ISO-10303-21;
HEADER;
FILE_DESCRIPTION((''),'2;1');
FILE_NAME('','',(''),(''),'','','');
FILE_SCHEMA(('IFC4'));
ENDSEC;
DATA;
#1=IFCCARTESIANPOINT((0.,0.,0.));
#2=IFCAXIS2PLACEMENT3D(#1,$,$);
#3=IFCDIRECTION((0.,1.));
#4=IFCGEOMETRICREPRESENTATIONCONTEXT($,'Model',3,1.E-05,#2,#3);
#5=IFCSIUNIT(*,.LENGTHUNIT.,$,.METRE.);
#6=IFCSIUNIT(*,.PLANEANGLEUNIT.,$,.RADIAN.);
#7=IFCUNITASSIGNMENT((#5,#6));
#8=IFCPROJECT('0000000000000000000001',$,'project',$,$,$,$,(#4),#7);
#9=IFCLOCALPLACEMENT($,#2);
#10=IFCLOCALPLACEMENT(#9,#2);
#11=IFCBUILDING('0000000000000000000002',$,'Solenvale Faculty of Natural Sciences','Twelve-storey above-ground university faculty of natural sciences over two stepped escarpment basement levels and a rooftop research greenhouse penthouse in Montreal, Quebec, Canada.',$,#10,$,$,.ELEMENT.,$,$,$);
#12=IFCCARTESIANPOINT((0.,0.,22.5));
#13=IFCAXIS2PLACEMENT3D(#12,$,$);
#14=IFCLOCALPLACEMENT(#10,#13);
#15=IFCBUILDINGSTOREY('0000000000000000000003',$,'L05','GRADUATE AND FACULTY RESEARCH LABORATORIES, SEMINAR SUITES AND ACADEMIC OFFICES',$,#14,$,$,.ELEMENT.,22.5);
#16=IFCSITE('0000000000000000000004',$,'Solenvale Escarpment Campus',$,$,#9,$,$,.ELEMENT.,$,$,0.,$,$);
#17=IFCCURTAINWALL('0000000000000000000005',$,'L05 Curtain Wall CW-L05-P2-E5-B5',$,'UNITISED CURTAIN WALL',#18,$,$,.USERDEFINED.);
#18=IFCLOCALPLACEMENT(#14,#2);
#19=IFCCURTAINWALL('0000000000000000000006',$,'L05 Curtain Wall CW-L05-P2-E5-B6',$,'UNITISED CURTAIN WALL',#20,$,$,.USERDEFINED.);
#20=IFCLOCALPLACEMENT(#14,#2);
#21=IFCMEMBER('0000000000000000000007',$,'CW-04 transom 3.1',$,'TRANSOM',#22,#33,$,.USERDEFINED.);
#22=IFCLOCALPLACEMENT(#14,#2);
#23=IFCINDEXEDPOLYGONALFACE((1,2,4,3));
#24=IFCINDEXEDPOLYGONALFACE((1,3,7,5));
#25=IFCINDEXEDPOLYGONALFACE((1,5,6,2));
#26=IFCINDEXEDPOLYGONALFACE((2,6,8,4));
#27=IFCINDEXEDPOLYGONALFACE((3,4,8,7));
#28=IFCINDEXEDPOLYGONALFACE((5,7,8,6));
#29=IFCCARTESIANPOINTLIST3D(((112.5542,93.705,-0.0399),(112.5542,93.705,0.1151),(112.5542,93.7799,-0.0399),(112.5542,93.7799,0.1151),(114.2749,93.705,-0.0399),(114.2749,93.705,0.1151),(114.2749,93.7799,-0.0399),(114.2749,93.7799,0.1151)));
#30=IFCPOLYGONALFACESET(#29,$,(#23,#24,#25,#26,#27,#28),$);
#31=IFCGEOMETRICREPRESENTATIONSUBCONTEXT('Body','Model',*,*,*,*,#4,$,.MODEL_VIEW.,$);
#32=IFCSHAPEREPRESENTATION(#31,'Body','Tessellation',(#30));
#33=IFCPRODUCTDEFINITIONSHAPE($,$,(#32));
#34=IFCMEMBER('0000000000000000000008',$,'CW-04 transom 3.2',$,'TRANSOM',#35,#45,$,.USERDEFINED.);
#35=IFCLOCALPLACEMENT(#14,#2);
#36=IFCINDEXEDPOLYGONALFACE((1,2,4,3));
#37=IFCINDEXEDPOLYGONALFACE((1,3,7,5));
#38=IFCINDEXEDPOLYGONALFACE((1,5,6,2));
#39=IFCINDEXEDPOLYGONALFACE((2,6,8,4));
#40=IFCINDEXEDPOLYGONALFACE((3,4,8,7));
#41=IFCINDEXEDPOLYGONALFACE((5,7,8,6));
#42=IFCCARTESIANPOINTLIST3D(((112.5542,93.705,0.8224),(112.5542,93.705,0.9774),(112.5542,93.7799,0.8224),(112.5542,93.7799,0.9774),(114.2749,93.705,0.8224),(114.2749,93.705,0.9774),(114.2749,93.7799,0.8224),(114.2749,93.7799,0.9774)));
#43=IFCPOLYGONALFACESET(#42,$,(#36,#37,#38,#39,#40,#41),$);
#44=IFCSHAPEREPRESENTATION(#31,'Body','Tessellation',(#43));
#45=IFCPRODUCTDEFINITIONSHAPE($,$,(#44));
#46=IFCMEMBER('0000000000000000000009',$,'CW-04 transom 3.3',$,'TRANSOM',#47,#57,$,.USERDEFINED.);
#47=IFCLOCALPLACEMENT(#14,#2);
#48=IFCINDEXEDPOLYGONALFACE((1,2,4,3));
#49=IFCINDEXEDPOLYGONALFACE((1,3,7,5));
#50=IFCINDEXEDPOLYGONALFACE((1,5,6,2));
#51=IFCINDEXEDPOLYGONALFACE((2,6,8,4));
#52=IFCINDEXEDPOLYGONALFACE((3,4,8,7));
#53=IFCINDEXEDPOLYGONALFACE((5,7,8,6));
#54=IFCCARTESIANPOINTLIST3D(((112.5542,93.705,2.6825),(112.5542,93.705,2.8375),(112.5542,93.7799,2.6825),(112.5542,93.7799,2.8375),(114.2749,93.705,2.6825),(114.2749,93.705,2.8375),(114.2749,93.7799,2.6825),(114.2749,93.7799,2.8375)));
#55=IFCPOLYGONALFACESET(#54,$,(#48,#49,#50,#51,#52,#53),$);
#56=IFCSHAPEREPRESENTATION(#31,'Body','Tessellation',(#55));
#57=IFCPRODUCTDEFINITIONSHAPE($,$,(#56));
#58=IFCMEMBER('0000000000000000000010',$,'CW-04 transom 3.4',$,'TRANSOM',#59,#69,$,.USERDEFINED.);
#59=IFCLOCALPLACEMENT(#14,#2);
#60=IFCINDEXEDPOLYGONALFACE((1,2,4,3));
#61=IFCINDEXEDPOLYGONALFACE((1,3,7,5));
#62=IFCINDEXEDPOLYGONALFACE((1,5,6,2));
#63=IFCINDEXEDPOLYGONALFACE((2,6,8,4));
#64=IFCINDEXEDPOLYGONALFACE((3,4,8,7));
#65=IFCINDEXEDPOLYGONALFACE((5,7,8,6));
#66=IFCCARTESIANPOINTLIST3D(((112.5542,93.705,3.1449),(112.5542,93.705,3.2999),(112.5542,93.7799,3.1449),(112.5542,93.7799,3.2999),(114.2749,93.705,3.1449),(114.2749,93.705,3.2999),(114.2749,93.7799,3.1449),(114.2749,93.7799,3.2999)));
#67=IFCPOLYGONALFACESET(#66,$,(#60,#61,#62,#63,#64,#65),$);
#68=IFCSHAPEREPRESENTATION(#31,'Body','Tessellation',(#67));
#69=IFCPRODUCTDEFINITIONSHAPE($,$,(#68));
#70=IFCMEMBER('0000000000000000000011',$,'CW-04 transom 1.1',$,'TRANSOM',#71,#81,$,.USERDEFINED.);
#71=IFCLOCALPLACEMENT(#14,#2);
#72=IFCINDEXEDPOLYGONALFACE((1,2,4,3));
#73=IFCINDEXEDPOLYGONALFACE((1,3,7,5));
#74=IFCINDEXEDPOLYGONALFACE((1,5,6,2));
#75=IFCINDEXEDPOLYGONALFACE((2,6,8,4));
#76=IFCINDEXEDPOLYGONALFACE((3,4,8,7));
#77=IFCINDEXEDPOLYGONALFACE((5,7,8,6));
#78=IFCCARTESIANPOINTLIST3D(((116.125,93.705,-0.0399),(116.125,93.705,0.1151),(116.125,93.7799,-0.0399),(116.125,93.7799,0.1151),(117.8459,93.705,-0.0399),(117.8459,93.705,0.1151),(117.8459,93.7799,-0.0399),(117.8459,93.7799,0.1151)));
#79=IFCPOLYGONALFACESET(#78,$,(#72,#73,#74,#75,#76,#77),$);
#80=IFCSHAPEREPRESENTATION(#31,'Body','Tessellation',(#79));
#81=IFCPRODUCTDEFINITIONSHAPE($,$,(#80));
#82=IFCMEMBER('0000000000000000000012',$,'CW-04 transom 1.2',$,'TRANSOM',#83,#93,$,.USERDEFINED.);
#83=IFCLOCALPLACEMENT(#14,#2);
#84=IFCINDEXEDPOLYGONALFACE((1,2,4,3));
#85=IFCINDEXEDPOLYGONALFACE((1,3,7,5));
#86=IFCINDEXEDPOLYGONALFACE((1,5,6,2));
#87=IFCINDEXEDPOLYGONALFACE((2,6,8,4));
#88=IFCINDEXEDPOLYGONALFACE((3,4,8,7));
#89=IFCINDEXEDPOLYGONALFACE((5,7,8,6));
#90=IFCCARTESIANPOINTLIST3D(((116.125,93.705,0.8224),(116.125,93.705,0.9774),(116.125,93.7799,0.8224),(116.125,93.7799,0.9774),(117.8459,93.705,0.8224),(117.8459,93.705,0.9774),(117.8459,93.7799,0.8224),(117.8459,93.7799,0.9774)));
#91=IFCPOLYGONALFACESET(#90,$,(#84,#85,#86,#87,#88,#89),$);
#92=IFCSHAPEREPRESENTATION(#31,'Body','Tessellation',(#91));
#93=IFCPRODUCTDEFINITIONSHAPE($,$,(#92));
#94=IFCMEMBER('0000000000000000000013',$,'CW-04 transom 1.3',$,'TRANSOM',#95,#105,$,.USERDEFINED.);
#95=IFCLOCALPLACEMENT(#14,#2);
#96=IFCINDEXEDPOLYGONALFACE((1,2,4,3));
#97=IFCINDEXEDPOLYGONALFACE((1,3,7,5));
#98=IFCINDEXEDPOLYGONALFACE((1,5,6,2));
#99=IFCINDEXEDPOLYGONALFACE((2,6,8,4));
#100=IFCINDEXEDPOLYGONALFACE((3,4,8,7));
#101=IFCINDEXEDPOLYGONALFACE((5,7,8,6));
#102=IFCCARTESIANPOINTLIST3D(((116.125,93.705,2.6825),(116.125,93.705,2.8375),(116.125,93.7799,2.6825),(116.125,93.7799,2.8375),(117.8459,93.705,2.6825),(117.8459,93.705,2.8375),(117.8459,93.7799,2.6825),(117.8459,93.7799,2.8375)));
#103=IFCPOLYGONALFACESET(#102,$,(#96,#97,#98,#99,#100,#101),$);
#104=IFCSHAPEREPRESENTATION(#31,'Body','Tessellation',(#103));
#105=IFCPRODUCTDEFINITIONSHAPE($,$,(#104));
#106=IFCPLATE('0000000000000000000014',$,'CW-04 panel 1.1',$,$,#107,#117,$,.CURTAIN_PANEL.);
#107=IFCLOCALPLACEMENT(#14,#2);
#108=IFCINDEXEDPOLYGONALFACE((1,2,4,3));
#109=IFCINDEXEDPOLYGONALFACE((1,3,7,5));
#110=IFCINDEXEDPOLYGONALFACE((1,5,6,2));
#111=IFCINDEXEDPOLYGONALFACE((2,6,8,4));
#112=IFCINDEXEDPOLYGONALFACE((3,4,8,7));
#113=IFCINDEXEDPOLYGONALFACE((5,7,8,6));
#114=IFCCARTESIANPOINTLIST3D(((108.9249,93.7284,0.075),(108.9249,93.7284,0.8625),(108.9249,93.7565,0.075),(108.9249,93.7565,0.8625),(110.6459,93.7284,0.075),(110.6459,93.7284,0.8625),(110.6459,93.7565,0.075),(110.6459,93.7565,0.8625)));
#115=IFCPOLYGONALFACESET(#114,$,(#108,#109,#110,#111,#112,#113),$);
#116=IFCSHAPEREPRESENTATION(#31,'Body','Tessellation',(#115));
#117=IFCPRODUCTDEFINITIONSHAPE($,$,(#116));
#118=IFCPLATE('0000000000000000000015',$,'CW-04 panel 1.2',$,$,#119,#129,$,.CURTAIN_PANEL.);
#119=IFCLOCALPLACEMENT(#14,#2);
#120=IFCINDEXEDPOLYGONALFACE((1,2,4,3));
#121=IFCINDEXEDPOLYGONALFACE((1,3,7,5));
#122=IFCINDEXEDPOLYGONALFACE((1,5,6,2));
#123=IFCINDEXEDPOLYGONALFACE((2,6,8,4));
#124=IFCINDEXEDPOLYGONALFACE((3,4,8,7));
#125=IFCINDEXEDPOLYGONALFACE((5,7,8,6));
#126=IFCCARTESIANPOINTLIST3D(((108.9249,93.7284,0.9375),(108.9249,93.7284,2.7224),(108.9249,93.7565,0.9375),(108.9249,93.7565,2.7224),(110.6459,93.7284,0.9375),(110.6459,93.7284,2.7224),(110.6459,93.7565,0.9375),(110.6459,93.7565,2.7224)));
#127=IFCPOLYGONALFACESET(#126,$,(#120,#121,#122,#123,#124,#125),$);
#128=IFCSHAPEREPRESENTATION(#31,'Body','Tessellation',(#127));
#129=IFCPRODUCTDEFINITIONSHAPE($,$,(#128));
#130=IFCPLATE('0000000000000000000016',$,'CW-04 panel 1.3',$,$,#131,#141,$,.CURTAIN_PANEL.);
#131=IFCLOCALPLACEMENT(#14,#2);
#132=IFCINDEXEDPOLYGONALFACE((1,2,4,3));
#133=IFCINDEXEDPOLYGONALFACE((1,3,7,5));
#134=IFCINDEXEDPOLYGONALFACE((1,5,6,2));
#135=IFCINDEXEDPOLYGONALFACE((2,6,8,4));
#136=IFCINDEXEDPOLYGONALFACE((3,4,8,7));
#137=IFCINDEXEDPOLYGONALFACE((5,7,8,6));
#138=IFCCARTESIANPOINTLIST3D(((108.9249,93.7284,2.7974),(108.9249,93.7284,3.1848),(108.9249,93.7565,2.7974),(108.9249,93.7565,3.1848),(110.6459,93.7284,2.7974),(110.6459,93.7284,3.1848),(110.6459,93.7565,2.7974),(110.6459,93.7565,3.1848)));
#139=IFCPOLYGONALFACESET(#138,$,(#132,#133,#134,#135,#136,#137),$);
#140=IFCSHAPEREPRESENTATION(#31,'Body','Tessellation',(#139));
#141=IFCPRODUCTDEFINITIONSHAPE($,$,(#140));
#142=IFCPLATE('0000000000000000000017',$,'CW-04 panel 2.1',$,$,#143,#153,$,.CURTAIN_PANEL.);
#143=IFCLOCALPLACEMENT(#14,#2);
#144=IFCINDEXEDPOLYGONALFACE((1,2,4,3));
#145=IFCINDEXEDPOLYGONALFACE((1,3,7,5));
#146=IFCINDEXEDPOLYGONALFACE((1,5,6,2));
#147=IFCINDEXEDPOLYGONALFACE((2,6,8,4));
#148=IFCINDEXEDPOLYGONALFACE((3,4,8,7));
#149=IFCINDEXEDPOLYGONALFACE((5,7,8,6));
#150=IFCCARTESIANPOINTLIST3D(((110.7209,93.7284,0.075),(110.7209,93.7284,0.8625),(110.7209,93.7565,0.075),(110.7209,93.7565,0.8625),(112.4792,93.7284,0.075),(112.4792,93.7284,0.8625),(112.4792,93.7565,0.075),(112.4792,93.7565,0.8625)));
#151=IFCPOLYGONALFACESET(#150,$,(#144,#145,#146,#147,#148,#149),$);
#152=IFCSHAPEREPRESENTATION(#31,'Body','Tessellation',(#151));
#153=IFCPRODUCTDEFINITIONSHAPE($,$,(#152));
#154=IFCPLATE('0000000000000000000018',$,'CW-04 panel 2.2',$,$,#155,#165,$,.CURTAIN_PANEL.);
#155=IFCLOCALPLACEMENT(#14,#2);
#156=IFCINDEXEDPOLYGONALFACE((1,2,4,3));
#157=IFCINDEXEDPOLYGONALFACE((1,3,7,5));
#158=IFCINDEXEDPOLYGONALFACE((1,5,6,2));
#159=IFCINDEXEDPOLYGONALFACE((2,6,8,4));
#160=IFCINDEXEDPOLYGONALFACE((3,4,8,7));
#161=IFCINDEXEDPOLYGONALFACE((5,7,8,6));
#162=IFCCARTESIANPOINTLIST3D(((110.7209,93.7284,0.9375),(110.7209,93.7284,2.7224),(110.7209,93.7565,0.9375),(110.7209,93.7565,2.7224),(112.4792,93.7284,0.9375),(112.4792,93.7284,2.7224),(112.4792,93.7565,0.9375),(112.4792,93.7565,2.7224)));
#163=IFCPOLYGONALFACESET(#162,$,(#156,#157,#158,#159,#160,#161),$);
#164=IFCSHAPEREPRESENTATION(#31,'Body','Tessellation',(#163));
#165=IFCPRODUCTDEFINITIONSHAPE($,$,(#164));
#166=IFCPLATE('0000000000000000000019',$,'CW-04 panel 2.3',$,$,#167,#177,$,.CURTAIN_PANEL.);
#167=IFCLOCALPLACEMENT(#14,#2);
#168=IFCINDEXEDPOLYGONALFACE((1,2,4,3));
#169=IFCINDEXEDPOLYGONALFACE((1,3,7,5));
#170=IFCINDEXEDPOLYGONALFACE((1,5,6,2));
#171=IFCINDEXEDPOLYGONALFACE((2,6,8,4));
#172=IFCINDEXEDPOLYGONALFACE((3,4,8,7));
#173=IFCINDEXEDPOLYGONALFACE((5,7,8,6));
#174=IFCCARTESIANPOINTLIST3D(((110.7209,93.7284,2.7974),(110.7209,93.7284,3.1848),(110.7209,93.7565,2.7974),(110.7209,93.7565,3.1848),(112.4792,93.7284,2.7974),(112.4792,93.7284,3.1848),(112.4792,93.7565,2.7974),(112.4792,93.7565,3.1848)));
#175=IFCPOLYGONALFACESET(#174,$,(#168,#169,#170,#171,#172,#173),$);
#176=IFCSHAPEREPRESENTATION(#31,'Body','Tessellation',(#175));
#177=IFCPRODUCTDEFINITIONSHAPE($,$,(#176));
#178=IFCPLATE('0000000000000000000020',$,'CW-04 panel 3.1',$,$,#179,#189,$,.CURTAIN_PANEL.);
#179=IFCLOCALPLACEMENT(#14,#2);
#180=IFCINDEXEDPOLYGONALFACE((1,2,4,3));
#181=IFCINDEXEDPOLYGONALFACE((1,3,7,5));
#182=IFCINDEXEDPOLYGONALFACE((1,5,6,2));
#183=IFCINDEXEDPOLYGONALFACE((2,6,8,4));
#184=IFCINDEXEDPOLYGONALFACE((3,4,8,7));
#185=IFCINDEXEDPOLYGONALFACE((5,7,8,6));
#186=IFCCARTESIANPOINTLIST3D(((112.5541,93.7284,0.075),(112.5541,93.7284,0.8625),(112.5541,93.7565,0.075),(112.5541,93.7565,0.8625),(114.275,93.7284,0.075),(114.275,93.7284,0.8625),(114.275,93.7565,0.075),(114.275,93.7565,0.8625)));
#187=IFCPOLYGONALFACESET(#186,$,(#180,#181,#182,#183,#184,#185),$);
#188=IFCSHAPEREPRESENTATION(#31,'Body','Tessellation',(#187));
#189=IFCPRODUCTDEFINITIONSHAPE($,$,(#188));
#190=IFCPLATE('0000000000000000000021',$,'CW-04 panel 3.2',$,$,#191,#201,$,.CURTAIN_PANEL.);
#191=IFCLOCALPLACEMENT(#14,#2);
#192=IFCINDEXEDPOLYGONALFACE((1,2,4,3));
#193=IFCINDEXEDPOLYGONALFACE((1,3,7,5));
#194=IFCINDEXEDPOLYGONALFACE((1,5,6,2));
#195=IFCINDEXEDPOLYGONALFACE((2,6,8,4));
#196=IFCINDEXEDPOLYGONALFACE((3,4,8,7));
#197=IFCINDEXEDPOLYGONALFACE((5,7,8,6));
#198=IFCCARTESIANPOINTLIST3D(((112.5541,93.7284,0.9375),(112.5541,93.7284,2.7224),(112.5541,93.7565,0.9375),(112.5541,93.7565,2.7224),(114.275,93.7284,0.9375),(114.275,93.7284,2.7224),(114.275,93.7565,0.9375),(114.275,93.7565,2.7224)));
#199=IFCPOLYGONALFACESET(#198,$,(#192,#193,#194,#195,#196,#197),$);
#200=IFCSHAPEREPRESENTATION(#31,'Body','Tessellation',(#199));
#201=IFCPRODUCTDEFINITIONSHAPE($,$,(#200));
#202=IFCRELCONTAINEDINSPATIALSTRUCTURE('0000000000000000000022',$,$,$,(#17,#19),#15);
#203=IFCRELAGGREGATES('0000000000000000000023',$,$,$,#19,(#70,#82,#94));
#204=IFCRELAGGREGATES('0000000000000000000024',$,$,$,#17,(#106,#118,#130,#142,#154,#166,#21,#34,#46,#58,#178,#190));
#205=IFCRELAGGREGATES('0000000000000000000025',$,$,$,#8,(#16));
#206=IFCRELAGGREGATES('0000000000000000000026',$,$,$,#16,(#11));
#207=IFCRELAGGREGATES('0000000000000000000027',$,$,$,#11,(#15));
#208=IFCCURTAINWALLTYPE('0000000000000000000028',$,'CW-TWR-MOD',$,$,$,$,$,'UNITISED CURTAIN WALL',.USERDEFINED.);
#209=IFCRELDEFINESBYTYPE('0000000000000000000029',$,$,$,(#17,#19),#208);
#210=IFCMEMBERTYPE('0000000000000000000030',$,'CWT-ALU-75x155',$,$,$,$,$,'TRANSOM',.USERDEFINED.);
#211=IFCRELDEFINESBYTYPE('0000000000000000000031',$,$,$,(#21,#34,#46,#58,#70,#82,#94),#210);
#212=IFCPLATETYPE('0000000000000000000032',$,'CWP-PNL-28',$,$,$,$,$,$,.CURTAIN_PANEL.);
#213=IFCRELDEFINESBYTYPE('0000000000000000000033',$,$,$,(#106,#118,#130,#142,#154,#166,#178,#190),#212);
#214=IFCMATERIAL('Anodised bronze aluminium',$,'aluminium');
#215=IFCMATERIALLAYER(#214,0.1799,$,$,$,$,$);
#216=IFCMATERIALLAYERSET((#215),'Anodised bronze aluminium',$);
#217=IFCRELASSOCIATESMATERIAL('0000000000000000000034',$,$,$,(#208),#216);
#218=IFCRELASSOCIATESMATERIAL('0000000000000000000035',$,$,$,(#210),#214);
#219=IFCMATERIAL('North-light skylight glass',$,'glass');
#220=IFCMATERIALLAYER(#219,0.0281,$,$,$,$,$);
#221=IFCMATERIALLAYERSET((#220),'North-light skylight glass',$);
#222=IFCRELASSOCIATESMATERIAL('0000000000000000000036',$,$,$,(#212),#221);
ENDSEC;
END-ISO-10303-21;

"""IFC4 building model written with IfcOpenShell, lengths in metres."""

from ifc_helpers import new_model, si_unit, direction, frame, origin, origin_2d, place, context, subcontext, project, spatial, rectangle, extrude, material, layer, layer_set, material_profile, profile_set, type_object, element, aggregate, save


model = new_model("IFC4")

# Units and contexts
model_context = context("Model", 3, precision=1e-05, world=origin(), true_north=direction((0.0, 1.0)))
body_context = subcontext(model_context, "Body", "Model", "MODEL_VIEW")
ifc_project = project(units=[si_unit("LENGTHUNIT", "METRE"), si_unit("PLANEANGLEUNIT", "RADIAN")], contexts=[model_context])

# Site, building, storey
site_placement = place(None, origin())
site = spatial("IfcSite", under=ifc_project, at=site_placement, Name="Solenvale Escarpment Campus", CompositionType="ELEMENT", RefElevation=0.0)
building_placement = place(site_placement, origin())
building = spatial("IfcBuilding", under=site, at=building_placement, Name="Solenvale Faculty of Natural Sciences", Description="Twelve-storey above-ground university faculty of natural sciences over two stepped escarpment basement levels and a rooftop research greenhouse penthouse in Montreal, Quebec, Canada.", CompositionType="ELEMENT")
storey_placement = place(building_placement, frame((0.0, 0.0, 22.5)))
storey = spatial("IfcBuildingStorey", under=building, at=storey_placement, Name="L05", Description="GRADUATE AND FACULTY RESEARCH LABORATORIES, SEMINAR SUITES AND ACADEMIC OFFICES", CompositionType="ELEMENT", Elevation=22.5)

# Shared definitions
ifc_material_1 = material(Name="Anodised bronze aluminium", Category="aluminium")
ifc_layer_1 = layer(ifc_material_1, 0.1799)
ifc_layer_set_1 = layer_set([ifc_layer_1], Name="Anodised bronze aluminium")
curtain_wall_type = type_object("IfcCurtainWallType", Name="CW-TWR-MOD", ElementType="UNITISED CURTAIN WALL", PredefinedType="USERDEFINED", material=ifc_layer_set_1)

# Curtain wall
curtain_wall_1_placement = place(storey_placement, origin())
curtain_wall_1 = element("IfcCurtainWall", 1, at=curtain_wall_1_placement, inside=storey, type_object=curtain_wall_type, Name="L05 Curtain Wall CW-L05-P2-E5-B5", ObjectType="UNITISED CURTAIN WALL", PredefinedType="USERDEFINED")

# Curtain wall
curtain_wall_2_placement = place(storey_placement, origin())
curtain_wall_2 = element("IfcCurtainWall", 2, at=curtain_wall_2_placement, inside=storey, type_object=curtain_wall_type, Name="L05 Curtain Wall CW-L05-P2-E5-B6", ObjectType="UNITISED CURTAIN WALL", PredefinedType="USERDEFINED")

# Members
ifc_material_profile_1 = material_profile(ifc_material_1, rectangle(XDim=0.075, YDim=0.155, at=origin_2d()), Name="ALU-TRN-75x155")
ifc_profile_set_1 = profile_set([ifc_material_profile_1], Name="Anodised bronze aluminium")
member_type_1 = type_object("IfcMemberType", Name="CWT-ALU-75x155", ElementType="TRANSOM", PredefinedType="USERDEFINED", material=ifc_profile_set_1)
member_1_placement = place(storey_placement, frame((112.5542, 93.7424, 0.0376), z_axis=(1.0, 0.0, 0.0), x_axis=(0.0, 1.0, 0.0)))
member_1 = element("IfcMember", 3, at=member_1_placement, type_object=member_type_1, Name="CW-04 transom 3.1", ObjectType="TRANSOM", PredefinedType="USERDEFINED", context=body_context, shape_type="SweptSolid", body=[
    extrude(rectangle(XDim=0.075, YDim=0.155, at=origin_2d()), origin(), (0.0, 0.0, 1.0), 1.7207),
])
member_2_placement = place(storey_placement, frame((112.5542, 93.7424, 0.8999), z_axis=(1.0, 0.0, 0.0), x_axis=(0.0, 1.0, 0.0)))
member_2 = element("IfcMember", 4, at=member_2_placement, type_object=member_type_1, Name="CW-04 transom 3.2", ObjectType="TRANSOM", PredefinedType="USERDEFINED", context=body_context, shape_type="SweptSolid", body=[
    extrude(rectangle(XDim=0.075, YDim=0.155, at=origin_2d()), origin(), (0.0, 0.0, 1.0), 1.7207),
])
member_3_placement = place(storey_placement, frame((112.5542, 93.7424, 2.76), z_axis=(1.0, 0.0, 0.0), x_axis=(0.0, 1.0, 0.0)))
member_3 = element("IfcMember", 5, at=member_3_placement, type_object=member_type_1, Name="CW-04 transom 3.3", ObjectType="TRANSOM", PredefinedType="USERDEFINED", context=body_context, shape_type="SweptSolid", body=[
    extrude(rectangle(XDim=0.075, YDim=0.155, at=origin_2d()), origin(), (0.0, 0.0, 1.0), 1.7207),
])
member_4_placement = place(storey_placement, frame((112.5542, 93.7424, 3.2224), z_axis=(1.0, 0.0, 0.0), x_axis=(0.0, 1.0, 0.0)))
member_4 = element("IfcMember", 6, at=member_4_placement, type_object=member_type_1, Name="CW-04 transom 3.4", ObjectType="TRANSOM", PredefinedType="USERDEFINED", context=body_context, shape_type="SweptSolid", body=[
    extrude(rectangle(XDim=0.075, YDim=0.155, at=origin_2d()), origin(), (0.0, 0.0, 1.0), 1.7207),
])
member_5_placement = place(storey_placement, frame((116.125, 93.7424, 0.0376), z_axis=(1.0, 0.0, 0.0), x_axis=(0.0, 1.0, 0.0)))
member_5 = element("IfcMember", 7, at=member_5_placement, type_object=member_type_1, Name="CW-04 transom 1.1", ObjectType="TRANSOM", PredefinedType="USERDEFINED", context=body_context, shape_type="SweptSolid", body=[
    extrude(rectangle(XDim=0.075, YDim=0.155, at=origin_2d()), origin(), (0.0, 0.0, 1.0), 1.7209),
])
member_6_placement = place(storey_placement, frame((116.125, 93.7424, 0.8999), z_axis=(1.0, 0.0, 0.0), x_axis=(0.0, 1.0, 0.0)))
member_6 = element("IfcMember", 8, at=member_6_placement, type_object=member_type_1, Name="CW-04 transom 1.2", ObjectType="TRANSOM", PredefinedType="USERDEFINED", context=body_context, shape_type="SweptSolid", body=[
    extrude(rectangle(XDim=0.075, YDim=0.155, at=origin_2d()), origin(), (0.0, 0.0, 1.0), 1.7209),
])
member_7_placement = place(storey_placement, frame((116.125, 93.7424, 2.76), z_axis=(1.0, 0.0, 0.0), x_axis=(0.0, 1.0, 0.0)))
member_7 = element("IfcMember", 9, at=member_7_placement, type_object=member_type_1, Name="CW-04 transom 1.3", ObjectType="TRANSOM", PredefinedType="USERDEFINED", context=body_context, shape_type="SweptSolid", body=[
    extrude(rectangle(XDim=0.075, YDim=0.155, at=origin_2d()), origin(), (0.0, 0.0, 1.0), 1.7209),
])
aggregate(curtain_wall_2, [member_5, member_6, member_7])

# Plates
ifc_material_2 = material(Name="North-light skylight glass", Category="glass")
ifc_layer_2 = layer(ifc_material_2, 0.0281)
ifc_layer_set_2 = layer_set([ifc_layer_2], Name="North-light skylight glass")
plate_type_1 = type_object("IfcPlateType", Name="CWP-PNL-28", PredefinedType="CURTAIN_PANEL", material=ifc_layer_set_2)
plate_1_placement = place(storey_placement, frame((109.7854, 93.7424, 0.075), z_axis=(0.0, 0.0, 1.0), x_axis=(1.0, 0.0, 0.0)))
plate_1 = element("IfcPlate", 10, at=plate_1_placement, type_object=plate_type_1, Name="CW-04 panel 1.1", PredefinedType="CURTAIN_PANEL", context=body_context, shape_type="SweptSolid", body=[
    extrude(rectangle(XDim=1.7209, YDim=0.0281, at=origin_2d()), origin(), (0.0, 0.0, 1.0), 0.7876),
])
plate_2_placement = place(storey_placement, frame((109.7854, 93.7424, 0.9375), z_axis=(0.0, 0.0, 1.0), x_axis=(1.0, 0.0, 0.0)))
plate_2 = element("IfcPlate", 11, at=plate_2_placement, type_object=plate_type_1, Name="CW-04 panel 1.2", PredefinedType="CURTAIN_PANEL", context=body_context, shape_type="SweptSolid", body=[
    extrude(rectangle(XDim=1.7209, YDim=0.0281, at=origin_2d()), origin(), (0.0, 0.0, 1.0), 1.7849),
])
plate_3_placement = place(storey_placement, frame((109.7854, 93.7424, 2.7974), z_axis=(0.0, 0.0, 1.0), x_axis=(1.0, 0.0, 0.0)))
plate_3 = element("IfcPlate", 12, at=plate_3_placement, type_object=plate_type_1, Name="CW-04 panel 1.3", PredefinedType="CURTAIN_PANEL", context=body_context, shape_type="SweptSolid", body=[
    extrude(rectangle(XDim=1.7209, YDim=0.0281, at=origin_2d()), origin(), (0.0, 0.0, 1.0), 0.3875),
])
plate_4_placement = place(storey_placement, frame((111.6001, 93.7424, 0.075), z_axis=(0.0, 0.0, 1.0), x_axis=(1.0, 0.0, 0.0)))
plate_4 = element("IfcPlate", 13, at=plate_4_placement, type_object=plate_type_1, Name="CW-04 panel 2.1", PredefinedType="CURTAIN_PANEL", context=body_context, shape_type="SweptSolid", body=[
    extrude(rectangle(XDim=1.7583, YDim=0.0281, at=origin_2d()), origin(), (0.0, 0.0, 1.0), 0.7876),
])
plate_5_placement = place(storey_placement, frame((111.6001, 93.7424, 0.9375), z_axis=(0.0, 0.0, 1.0), x_axis=(1.0, 0.0, 0.0)))
plate_5 = element("IfcPlate", 14, at=plate_5_placement, type_object=plate_type_1, Name="CW-04 panel 2.2", PredefinedType="CURTAIN_PANEL", context=body_context, shape_type="SweptSolid", body=[
    extrude(rectangle(XDim=1.7583, YDim=0.0281, at=origin_2d()), origin(), (0.0, 0.0, 1.0), 1.7849),
])
plate_6_placement = place(storey_placement, frame((111.6001, 93.7424, 2.7974), z_axis=(0.0, 0.0, 1.0), x_axis=(1.0, 0.0, 0.0)))
plate_6 = element("IfcPlate", 15, at=plate_6_placement, type_object=plate_type_1, Name="CW-04 panel 2.3", PredefinedType="CURTAIN_PANEL", context=body_context, shape_type="SweptSolid", body=[
    extrude(rectangle(XDim=1.7583, YDim=0.0281, at=origin_2d()), origin(), (0.0, 0.0, 1.0), 0.3875),
])
plate_7_placement = place(storey_placement, frame((113.4146, 93.7424, 0.075), z_axis=(0.0, 0.0, 1.0), x_axis=(1.0, 0.0, 0.0)))
plate_7 = element("IfcPlate", 16, at=plate_7_placement, type_object=plate_type_1, Name="CW-04 panel 3.1", PredefinedType="CURTAIN_PANEL", context=body_context, shape_type="SweptSolid", body=[
    extrude(rectangle(XDim=1.7209, YDim=0.0281, at=origin_2d()), origin(), (0.0, 0.0, 1.0), 0.7876),
])
plate_8_placement = place(storey_placement, frame((113.4146, 93.7424, 0.9375), z_axis=(0.0, 0.0, 1.0), x_axis=(1.0, 0.0, 0.0)))
plate_8 = element("IfcPlate", 17, at=plate_8_placement, type_object=plate_type_1, Name="CW-04 panel 3.2", PredefinedType="CURTAIN_PANEL", context=body_context, shape_type="SweptSolid", body=[
    extrude(rectangle(XDim=1.7209, YDim=0.0281, at=origin_2d()), origin(), (0.0, 0.0, 1.0), 1.7849),
])
aggregate(curtain_wall_1, [plate_1, plate_2, plate_3, plate_4, plate_5, plate_6, member_1, member_2, member_3, member_4, plate_7, plate_8])

save(model, "model.ifc")
